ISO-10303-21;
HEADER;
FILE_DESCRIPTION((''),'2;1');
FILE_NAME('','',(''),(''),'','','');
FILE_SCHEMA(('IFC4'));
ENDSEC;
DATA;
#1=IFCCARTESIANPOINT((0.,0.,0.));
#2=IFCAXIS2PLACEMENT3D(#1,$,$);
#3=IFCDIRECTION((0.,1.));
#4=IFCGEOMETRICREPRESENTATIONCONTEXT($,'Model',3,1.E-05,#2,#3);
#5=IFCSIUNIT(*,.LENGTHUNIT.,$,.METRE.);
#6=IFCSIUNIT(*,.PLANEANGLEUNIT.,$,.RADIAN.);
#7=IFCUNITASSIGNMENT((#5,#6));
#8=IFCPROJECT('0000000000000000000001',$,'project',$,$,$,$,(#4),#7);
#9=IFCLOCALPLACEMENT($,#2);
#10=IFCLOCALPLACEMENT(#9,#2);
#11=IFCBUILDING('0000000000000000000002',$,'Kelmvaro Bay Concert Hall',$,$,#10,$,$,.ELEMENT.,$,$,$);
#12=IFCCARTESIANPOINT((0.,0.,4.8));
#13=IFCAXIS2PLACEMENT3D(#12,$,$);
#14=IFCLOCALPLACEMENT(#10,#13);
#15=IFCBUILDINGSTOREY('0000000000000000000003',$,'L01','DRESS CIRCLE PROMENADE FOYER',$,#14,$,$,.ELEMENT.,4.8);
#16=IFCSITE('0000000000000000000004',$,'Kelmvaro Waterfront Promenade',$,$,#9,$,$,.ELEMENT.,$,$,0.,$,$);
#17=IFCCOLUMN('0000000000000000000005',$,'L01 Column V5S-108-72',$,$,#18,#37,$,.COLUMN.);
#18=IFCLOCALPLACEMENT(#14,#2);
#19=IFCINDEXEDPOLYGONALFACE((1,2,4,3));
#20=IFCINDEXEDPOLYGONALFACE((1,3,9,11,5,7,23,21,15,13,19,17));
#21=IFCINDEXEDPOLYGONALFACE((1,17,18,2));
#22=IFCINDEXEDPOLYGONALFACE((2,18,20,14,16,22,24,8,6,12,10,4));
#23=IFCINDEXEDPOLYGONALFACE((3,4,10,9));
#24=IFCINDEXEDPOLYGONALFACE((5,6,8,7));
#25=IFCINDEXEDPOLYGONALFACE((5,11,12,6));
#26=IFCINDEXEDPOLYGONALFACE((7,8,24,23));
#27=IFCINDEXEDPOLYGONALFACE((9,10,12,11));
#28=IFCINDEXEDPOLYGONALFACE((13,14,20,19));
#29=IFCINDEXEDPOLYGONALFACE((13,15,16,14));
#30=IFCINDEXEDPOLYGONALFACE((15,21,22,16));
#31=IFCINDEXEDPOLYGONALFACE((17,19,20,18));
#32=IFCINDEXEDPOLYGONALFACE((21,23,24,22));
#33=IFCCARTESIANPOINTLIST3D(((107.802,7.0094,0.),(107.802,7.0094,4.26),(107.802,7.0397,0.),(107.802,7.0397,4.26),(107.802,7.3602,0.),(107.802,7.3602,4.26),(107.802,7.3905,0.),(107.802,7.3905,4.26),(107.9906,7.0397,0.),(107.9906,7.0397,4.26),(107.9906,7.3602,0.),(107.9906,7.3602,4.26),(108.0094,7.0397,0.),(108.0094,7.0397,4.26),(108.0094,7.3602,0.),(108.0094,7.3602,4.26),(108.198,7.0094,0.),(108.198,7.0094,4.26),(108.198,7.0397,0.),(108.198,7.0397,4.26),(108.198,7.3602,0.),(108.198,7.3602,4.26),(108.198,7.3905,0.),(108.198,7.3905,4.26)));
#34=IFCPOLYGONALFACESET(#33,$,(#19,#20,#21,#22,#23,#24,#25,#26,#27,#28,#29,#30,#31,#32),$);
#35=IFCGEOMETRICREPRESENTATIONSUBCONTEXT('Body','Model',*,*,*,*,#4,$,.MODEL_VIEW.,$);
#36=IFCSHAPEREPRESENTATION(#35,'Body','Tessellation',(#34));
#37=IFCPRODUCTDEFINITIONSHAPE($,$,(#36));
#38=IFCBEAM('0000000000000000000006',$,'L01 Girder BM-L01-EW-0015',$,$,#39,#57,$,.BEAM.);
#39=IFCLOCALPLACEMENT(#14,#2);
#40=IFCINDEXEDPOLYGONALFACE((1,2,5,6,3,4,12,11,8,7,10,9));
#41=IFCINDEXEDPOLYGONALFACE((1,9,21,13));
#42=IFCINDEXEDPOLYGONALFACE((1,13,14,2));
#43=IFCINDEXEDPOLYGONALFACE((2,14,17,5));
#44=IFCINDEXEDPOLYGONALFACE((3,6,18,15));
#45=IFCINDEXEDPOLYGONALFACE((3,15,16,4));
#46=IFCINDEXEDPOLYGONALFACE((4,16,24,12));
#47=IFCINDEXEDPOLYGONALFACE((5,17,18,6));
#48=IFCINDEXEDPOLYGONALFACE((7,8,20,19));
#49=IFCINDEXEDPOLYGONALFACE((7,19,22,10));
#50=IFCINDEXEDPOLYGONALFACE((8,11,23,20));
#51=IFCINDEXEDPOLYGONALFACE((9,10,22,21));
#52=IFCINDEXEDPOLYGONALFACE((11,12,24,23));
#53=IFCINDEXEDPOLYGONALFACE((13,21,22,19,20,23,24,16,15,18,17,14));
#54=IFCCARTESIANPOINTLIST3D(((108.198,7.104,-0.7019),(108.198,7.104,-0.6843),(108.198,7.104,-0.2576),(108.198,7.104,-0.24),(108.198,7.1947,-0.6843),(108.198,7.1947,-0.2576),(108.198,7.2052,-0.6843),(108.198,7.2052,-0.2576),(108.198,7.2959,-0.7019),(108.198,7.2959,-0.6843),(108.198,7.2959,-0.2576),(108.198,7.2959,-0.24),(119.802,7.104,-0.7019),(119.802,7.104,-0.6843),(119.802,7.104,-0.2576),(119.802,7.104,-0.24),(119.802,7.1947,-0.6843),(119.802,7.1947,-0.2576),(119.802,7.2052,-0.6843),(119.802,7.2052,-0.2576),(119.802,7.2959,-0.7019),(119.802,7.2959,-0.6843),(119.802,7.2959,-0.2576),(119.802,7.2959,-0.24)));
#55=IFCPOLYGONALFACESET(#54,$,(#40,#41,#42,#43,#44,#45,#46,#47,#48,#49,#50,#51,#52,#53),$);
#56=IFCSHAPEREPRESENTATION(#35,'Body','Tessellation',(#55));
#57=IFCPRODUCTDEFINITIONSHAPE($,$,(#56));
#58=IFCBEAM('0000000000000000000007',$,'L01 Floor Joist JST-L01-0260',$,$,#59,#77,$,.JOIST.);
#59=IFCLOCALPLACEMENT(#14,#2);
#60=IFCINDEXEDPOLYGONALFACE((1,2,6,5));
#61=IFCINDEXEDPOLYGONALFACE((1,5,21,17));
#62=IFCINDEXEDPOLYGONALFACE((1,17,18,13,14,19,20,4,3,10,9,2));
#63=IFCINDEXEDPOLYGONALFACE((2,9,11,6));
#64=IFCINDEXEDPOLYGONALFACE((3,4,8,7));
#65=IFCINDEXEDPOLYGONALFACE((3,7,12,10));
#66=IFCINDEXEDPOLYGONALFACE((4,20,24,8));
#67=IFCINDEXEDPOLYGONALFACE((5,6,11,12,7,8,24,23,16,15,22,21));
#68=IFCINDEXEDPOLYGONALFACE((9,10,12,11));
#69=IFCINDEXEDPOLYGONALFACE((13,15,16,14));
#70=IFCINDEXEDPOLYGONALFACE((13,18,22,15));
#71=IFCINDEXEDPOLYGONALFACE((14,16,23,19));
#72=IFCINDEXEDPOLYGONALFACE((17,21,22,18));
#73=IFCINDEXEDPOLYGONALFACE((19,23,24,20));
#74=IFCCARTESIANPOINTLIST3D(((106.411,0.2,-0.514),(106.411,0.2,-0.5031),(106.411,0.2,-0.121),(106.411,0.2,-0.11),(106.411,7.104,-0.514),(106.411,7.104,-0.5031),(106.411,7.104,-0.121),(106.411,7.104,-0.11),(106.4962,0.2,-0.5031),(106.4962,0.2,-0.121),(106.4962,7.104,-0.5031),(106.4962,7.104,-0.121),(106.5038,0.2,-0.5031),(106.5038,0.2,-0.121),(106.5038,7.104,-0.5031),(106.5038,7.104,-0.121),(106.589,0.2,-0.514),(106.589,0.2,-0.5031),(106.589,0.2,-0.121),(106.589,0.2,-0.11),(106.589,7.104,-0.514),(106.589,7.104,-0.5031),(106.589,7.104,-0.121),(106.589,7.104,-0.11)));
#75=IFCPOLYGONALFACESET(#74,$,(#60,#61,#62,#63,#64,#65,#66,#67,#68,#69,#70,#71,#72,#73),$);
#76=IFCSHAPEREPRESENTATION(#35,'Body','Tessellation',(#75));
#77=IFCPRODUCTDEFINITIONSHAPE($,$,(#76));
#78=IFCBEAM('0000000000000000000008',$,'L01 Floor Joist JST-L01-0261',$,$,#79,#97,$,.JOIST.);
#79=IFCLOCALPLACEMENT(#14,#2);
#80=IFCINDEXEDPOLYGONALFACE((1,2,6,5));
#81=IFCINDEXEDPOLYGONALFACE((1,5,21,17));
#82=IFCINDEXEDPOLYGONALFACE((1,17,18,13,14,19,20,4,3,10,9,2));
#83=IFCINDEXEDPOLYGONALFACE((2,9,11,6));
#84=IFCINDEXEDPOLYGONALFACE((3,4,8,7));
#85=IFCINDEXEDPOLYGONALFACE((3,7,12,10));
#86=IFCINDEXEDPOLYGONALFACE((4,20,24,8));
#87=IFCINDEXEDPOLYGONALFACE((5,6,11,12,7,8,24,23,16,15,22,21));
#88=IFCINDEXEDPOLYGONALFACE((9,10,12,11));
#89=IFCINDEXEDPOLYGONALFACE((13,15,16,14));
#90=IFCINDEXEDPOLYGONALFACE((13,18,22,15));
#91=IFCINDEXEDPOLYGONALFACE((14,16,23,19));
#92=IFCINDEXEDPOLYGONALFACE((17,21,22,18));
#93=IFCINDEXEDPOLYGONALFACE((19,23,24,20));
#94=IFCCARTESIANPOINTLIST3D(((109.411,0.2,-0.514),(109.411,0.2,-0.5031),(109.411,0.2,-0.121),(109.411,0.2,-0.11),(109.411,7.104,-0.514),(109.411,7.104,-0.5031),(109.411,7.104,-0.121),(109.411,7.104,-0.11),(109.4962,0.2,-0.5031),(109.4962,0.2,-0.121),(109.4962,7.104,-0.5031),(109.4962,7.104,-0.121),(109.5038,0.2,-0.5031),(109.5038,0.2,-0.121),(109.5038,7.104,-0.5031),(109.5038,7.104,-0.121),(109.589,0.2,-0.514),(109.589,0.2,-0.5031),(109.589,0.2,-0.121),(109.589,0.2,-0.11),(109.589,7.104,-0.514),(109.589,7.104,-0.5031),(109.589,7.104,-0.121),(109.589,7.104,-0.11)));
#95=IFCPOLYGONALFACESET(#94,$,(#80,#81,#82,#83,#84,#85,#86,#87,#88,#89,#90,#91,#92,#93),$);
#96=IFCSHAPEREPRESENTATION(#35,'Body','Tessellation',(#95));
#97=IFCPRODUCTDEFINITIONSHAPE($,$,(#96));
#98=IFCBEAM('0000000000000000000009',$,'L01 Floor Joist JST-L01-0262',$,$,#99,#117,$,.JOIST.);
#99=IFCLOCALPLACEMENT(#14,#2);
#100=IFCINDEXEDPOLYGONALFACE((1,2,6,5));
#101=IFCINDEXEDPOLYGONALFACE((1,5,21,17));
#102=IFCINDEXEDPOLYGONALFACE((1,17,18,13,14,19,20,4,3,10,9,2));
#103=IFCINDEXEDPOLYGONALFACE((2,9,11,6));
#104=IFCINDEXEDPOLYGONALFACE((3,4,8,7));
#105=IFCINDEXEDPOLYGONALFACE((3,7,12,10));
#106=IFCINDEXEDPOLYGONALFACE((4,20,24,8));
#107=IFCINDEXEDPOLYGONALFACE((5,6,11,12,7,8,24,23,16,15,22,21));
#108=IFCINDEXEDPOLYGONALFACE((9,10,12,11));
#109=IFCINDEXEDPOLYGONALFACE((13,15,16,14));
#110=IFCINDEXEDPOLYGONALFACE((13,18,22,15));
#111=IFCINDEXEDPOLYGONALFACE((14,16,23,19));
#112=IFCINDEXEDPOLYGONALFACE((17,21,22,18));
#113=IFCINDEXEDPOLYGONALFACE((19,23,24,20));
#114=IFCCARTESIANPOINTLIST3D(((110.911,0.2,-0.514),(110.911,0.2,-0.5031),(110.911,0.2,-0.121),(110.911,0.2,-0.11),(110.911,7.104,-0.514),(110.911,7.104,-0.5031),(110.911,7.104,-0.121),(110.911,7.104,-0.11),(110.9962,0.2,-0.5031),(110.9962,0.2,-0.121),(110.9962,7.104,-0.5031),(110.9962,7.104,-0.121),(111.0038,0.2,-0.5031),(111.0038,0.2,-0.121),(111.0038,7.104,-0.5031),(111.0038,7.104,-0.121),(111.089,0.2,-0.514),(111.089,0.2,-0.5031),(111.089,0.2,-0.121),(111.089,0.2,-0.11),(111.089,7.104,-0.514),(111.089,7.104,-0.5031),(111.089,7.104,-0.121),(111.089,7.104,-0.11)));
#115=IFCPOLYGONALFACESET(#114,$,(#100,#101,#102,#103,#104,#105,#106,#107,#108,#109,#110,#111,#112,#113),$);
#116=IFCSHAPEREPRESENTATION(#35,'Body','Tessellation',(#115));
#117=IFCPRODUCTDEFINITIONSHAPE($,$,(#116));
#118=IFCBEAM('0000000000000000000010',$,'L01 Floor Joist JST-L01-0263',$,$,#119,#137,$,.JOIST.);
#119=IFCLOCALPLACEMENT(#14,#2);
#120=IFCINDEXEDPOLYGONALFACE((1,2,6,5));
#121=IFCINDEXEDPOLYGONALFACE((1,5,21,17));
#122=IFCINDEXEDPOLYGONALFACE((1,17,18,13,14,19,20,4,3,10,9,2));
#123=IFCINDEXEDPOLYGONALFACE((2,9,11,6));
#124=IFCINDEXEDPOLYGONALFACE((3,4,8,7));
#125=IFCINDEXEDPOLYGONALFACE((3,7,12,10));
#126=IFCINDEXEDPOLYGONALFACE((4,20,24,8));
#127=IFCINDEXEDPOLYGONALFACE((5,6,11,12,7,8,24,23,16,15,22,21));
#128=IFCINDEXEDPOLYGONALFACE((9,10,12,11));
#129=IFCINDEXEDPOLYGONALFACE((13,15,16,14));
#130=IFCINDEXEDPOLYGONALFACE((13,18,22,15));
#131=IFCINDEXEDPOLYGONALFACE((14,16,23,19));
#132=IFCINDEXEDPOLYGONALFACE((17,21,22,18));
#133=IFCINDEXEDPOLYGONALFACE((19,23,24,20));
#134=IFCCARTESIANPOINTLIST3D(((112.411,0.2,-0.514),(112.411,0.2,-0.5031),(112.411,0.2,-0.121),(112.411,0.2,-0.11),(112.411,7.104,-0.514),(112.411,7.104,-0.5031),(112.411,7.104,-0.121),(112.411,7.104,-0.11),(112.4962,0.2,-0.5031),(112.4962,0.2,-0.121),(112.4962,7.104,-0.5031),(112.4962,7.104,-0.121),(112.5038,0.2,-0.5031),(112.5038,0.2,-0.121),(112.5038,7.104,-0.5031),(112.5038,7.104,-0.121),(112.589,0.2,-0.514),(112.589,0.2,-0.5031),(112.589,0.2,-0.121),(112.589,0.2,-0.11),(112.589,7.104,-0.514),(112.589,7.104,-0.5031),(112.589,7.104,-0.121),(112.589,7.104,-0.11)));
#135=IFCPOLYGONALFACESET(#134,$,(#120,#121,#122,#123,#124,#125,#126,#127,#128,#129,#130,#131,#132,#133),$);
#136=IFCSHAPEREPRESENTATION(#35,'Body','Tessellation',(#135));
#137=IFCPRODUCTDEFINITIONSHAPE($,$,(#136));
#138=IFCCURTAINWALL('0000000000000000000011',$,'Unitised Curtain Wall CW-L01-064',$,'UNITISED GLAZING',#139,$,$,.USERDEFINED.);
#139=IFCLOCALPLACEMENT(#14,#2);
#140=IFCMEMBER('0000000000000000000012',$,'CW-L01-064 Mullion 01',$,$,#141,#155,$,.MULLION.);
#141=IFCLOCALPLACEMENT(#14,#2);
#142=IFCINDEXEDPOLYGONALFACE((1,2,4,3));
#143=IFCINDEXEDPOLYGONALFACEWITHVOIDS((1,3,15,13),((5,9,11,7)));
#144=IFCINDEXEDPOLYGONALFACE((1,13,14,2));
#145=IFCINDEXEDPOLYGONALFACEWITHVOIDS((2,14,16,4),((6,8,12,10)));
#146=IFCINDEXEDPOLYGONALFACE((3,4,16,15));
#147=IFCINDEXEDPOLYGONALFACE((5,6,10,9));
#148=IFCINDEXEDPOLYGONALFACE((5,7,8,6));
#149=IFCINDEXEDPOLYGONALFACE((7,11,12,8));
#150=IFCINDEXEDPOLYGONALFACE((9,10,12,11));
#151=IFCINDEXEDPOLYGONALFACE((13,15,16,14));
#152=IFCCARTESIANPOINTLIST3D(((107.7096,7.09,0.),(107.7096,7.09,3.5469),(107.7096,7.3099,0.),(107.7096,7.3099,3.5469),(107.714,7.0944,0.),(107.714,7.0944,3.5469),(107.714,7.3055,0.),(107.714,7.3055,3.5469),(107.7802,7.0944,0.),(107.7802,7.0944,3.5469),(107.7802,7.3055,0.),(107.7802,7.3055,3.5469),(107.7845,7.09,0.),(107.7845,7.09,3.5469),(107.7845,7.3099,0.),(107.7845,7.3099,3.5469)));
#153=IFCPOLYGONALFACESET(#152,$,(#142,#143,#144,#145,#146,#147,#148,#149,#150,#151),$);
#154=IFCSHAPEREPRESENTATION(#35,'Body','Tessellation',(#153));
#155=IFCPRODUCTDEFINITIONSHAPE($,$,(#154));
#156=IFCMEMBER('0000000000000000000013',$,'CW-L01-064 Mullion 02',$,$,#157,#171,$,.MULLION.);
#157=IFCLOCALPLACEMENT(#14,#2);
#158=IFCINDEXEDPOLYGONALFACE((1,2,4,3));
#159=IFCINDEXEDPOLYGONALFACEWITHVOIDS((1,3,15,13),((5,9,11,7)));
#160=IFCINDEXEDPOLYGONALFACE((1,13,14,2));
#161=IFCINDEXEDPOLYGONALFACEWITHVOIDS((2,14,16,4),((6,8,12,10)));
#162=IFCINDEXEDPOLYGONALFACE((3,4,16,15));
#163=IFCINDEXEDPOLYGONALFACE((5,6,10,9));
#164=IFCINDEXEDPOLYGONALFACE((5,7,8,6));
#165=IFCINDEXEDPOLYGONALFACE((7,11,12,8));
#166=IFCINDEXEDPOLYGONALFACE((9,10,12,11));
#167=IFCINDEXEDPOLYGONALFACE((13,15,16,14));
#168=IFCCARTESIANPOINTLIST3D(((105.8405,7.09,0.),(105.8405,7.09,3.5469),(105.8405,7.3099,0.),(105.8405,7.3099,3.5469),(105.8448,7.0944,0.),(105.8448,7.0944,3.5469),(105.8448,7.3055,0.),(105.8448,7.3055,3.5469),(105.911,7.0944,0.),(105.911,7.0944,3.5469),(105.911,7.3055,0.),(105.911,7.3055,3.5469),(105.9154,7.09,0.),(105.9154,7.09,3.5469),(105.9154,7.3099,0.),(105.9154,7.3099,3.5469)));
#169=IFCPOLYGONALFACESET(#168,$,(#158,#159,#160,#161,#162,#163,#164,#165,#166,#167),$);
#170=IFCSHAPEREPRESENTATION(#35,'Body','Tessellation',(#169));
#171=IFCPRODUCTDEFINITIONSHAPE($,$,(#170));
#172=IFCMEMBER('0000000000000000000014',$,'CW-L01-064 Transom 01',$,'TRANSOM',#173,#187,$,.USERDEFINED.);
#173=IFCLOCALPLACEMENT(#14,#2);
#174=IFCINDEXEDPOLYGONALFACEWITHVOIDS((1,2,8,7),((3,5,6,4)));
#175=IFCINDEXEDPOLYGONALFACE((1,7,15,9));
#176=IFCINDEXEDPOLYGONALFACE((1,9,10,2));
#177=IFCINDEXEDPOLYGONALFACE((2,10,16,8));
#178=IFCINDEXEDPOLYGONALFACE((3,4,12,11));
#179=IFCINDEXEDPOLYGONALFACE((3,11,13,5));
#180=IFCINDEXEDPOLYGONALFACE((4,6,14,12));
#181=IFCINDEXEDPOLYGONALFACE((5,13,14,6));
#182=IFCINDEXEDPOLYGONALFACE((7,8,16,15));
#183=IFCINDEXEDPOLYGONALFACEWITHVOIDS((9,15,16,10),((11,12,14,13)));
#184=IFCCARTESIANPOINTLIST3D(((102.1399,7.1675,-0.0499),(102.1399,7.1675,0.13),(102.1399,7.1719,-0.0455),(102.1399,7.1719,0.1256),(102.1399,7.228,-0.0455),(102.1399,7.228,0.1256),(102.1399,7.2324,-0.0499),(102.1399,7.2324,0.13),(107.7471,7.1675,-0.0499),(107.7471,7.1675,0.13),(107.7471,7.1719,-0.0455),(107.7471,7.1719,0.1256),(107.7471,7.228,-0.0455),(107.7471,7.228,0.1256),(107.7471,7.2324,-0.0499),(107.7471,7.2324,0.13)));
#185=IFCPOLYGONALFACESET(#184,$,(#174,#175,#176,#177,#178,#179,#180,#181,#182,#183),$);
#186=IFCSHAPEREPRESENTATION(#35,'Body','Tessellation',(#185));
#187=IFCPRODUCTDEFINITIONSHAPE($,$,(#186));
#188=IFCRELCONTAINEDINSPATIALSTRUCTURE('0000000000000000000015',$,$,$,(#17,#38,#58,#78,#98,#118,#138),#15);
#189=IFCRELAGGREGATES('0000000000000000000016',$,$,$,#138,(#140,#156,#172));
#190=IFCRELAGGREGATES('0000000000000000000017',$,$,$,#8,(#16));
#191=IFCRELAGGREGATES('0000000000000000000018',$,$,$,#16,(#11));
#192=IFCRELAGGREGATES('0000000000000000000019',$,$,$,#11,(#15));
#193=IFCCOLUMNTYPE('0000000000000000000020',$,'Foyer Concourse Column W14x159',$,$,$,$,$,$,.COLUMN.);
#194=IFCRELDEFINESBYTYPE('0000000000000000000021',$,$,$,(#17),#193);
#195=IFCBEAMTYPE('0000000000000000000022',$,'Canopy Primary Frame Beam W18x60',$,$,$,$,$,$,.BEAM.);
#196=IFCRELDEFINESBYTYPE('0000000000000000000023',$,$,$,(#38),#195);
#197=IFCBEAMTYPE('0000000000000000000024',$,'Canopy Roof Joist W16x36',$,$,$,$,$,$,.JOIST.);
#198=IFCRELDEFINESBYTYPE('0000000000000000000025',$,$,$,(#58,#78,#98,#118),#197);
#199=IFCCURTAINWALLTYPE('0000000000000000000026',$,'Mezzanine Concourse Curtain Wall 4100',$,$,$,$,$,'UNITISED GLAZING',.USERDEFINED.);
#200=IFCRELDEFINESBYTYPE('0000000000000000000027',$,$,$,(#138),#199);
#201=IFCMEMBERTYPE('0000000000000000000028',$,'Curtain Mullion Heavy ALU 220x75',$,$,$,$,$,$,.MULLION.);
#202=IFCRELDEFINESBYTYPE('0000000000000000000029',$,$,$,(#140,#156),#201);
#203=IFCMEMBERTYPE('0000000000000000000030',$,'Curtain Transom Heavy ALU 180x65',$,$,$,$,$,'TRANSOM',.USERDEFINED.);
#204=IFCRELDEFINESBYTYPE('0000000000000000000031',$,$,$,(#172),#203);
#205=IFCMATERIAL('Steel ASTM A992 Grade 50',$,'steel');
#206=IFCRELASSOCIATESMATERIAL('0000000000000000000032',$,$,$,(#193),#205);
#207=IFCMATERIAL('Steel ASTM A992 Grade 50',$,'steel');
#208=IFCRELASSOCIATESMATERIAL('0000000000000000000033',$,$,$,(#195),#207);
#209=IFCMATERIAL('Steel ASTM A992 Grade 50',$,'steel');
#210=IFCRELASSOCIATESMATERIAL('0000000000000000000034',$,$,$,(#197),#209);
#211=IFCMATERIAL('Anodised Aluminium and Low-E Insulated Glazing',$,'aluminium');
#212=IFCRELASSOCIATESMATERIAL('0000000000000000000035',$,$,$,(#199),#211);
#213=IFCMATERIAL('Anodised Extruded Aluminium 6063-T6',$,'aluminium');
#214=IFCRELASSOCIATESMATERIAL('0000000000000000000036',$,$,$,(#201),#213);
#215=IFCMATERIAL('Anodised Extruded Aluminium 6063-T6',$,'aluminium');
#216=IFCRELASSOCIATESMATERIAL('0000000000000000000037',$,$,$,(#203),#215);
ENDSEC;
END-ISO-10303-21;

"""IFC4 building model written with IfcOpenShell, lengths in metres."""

from ifc_helpers import new_model, si_unit, direction, frame, origin, origin_2d, place, context, subcontext, project, spatial, hollow_rectangle, i_section, extrude, material, material_profile, profile_set, type_object, element, aggregate, save


model = new_model("IFC4")

# Units and contexts
model_context = context("Model", 3, precision=1e-05, world=origin(), true_north=direction((0.0, 1.0)))
body_context = subcontext(model_context, "Body", "Model", "MODEL_VIEW")
ifc_project = project(units=[si_unit("LENGTHUNIT", "METRE"), si_unit("PLANEANGLEUNIT", "RADIAN")], contexts=[model_context])

# Site, building, storey
site_placement = place(None, origin())
site = spatial("IfcSite", under=ifc_project, at=site_placement, Name="Kelmvaro Waterfront Promenade", CompositionType="ELEMENT", RefElevation=0.0)
building_placement = place(site_placement, origin())
building = spatial("IfcBuilding", under=site, at=building_placement, Name="Kelmvaro Bay Concert Hall", CompositionType="ELEMENT")
storey_placement = place(building_placement, frame((0.0, 0.0, 4.8)))
storey = spatial("IfcBuildingStorey", under=building, at=storey_placement, Name="L01", Description="DRESS CIRCLE PROMENADE FOYER", CompositionType="ELEMENT", Elevation=4.8)

# Column
ifc_material_1 = material(Name="Steel ASTM A992 Grade 50", Category="steel")
ifc_material_profile_1 = material_profile(ifc_material_1, i_section(OverallWidth=0.396, OverallDepth=0.3811, WebThickness=0.0188, FlangeThickness=0.0303, at=origin_2d()), Name="W14X159")
ifc_profile_set_1 = profile_set([ifc_material_profile_1], Name="Steel ASTM A992 Grade 50")
column_type = type_object("IfcColumnType", Name="Foyer Concourse Column W14x159", PredefinedType="COLUMN", material=ifc_profile_set_1)
column_placement = place(storey_placement, frame((108.0, 7.2, 0.0), z_axis=(0.0, 0.0, 1.0), x_axis=(1.0, 0.0, 0.0)))
element("IfcColumn", 1, at=column_placement, inside=storey, type_object=column_type, Name="L01 Column V5S-108-72", PredefinedType="COLUMN", context=body_context, shape_type="SweptSolid", body=[
    extrude(i_section(OverallWidth=0.396, OverallDepth=0.3811, WebThickness=0.0188, FlangeThickness=0.0303, at=origin_2d()), origin(), (0.0, 0.0, 1.0), 4.26),
])

# Beams
ifc_material_2 = material(Name="Steel ASTM A992 Grade 50", Category="steel")
ifc_material_profile_2 = material_profile(ifc_material_2, i_section(OverallWidth=0.1919, OverallDepth=0.4619, WebThickness=0.0105, FlangeThickness=0.0176, at=origin_2d()), Name="W18X60")
ifc_profile_set_2 = profile_set([ifc_material_profile_2], Name="Steel ASTM A992 Grade 50")
beam_type_1 = type_object("IfcBeamType", Name="Canopy Primary Frame Beam W18x60", PredefinedType="BEAM", material=ifc_profile_set_2)
beam_placement = place(storey_placement, frame((108.198, 7.2, -0.4709), z_axis=(1.0, 0.0, 0.0), x_axis=(0.0, 1.0, 0.0)))
element("IfcBeam", 2, at=beam_placement, inside=storey, type_object=beam_type_1, Name="L01 Girder BM-L01-EW-0015", PredefinedType="BEAM", context=body_context, shape_type="SweptSolid", body=[
    extrude(i_section(OverallWidth=0.1919, OverallDepth=0.4619, WebThickness=0.0105, FlangeThickness=0.0176, at=origin_2d()), origin(), (0.0, 0.0, 1.0), 11.604),
])
ifc_material_3 = material(Name="Steel ASTM A992 Grade 50", Category="steel")
ifc_material_profile_3 = material_profile(ifc_material_3, i_section(OverallWidth=0.178, OverallDepth=0.4041, WebThickness=0.0076, FlangeThickness=0.011, at=origin_2d()), Name="W16X36")
ifc_profile_set_3 = profile_set([ifc_material_profile_3], Name="Steel ASTM A992 Grade 50")
beam_type_2 = type_object("IfcBeamType", Name="Canopy Roof Joist W16x36", PredefinedType="JOIST", material=ifc_profile_set_3)
for number, where, z_axis, x_axis, name in (
    (3, (106.5, 0.2, -0.312), (0.0, 1.0, 0.0), (-1.0, 0.0, 0.0), "L01 Floor Joist JST-L01-0260"),
    (4, (109.5, 0.2, -0.312), (0.0, 1.0, 0.0), (-1.0, 0.0, 0.0), "L01 Floor Joist JST-L01-0261"),
    (5, (111.0, 0.2, -0.312), (0.0, 1.0, 0.0), (-1.0, 0.0, 0.0), "L01 Floor Joist JST-L01-0262"),
    (6, (112.5, 0.2, -0.312), (0.0, 1.0, 0.0), (-1.0, 0.0, 0.0), "L01 Floor Joist JST-L01-0263"),
):
    element("IfcBeam", number, at=place(storey_placement, frame(where, z_axis=z_axis, x_axis=x_axis)), inside=storey, type_object=beam_type_2, Name=name, PredefinedType="JOIST", context=body_context, shape_type="SweptSolid", body=[
        extrude(i_section(OverallWidth=0.178, OverallDepth=0.4041, WebThickness=0.0076, FlangeThickness=0.011, at=origin_2d()), origin(), (0.0, 0.0, 1.0), 6.9041),
    ])

# Curtain wall, members
ifc_material_4 = material(Name="Anodised Aluminium and Low-E Insulated Glazing", Category="aluminium")
curtain_wall_type = type_object("IfcCurtainWallType", Name="Mezzanine Concourse Curtain Wall 4100", ElementType="UNITISED GLAZING", PredefinedType="USERDEFINED", material=ifc_material_4)
curtain_wall_placement = place(storey_placement, origin())
curtain_wall = element("IfcCurtainWall", 7, at=curtain_wall_placement, inside=storey, type_object=curtain_wall_type, Name="Unitised Curtain Wall CW-L01-064", ObjectType="UNITISED GLAZING", PredefinedType="USERDEFINED")
ifc_material_5 = material(Name="Anodised Extruded Aluminium 6063-T6", Category="aluminium")
ifc_material_profile_4 = material_profile(ifc_material_5, hollow_rectangle(XDim=0.075, YDim=0.22, WallThickness=0.0044, at=origin_2d()), Name="ALU-MUL-220X75")
ifc_profile_set_4 = profile_set([ifc_material_profile_4], Name="Anodised Extruded Aluminium 6063-T6")
member_type_1 = type_object("IfcMemberType", Name="Curtain Mullion Heavy ALU 220x75", PredefinedType="MULLION", material=ifc_profile_set_4)
member_1_placement = place(storey_placement, frame((107.7471, 7.2, 0.0), z_axis=(0.0, 0.0, 1.0), x_axis=(1.0, 0.0, 0.0)))
member_1 = element("IfcMember", 8, at=member_1_placement, type_object=member_type_1, Name="CW-L01-064 Mullion 01", PredefinedType="MULLION", context=body_context, shape_type="SweptSolid", body=[
    extrude(hollow_rectangle(XDim=0.075, YDim=0.22, WallThickness=0.0044, at=origin_2d()), origin(), (0.0, 0.0, 1.0), 3.5469),
])
member_2_placement = place(storey_placement, frame((105.8779, 7.2, 0.0), z_axis=(0.0, 0.0, 1.0), x_axis=(1.0, 0.0, 0.0)))
member_2 = element("IfcMember", 9, at=member_2_placement, type_object=member_type_1, Name="CW-L01-064 Mullion 02", PredefinedType="MULLION", context=body_context, shape_type="SweptSolid", body=[
    extrude(hollow_rectangle(XDim=0.075, YDim=0.22, WallThickness=0.0044, at=origin_2d()), origin(), (0.0, 0.0, 1.0), 3.5469),
])
ifc_material_6 = material(Name="Anodised Extruded Aluminium 6063-T6", Category="aluminium")
ifc_material_profile_5 = material_profile(ifc_material_6, hollow_rectangle(XDim=0.0649, YDim=0.1799, WallThickness=0.0044, at=origin_2d()), Name="ALU-TRN-180X65")
ifc_profile_set_5 = profile_set([ifc_material_profile_5], Name="Anodised Extruded Aluminium 6063-T6")
member_type_2 = type_object("IfcMemberType", Name="Curtain Transom Heavy ALU 180x65", ElementType="TRANSOM", PredefinedType="USERDEFINED", material=ifc_profile_set_5)
member_3_placement = place(storey_placement, frame((107.7471, 7.2, 0.04), z_axis=(-1.0, 0.0, 0.0), x_axis=(0.0, -1.0, 0.0)))
member_3 = element("IfcMember", 10, at=member_3_placement, type_object=member_type_2, Name="CW-L01-064 Transom 01", ObjectType="TRANSOM", PredefinedType="USERDEFINED", context=body_context, shape_type="SweptSolid", body=[
    extrude(hollow_rectangle(XDim=0.0649, YDim=0.1799, WallThickness=0.0044, at=origin_2d()), origin(), (0.0, 0.0, 1.0), 5.6072),
])

aggregate(curtain_wall, [member_1, member_2, member_3])

save(model, "model.ifc")
